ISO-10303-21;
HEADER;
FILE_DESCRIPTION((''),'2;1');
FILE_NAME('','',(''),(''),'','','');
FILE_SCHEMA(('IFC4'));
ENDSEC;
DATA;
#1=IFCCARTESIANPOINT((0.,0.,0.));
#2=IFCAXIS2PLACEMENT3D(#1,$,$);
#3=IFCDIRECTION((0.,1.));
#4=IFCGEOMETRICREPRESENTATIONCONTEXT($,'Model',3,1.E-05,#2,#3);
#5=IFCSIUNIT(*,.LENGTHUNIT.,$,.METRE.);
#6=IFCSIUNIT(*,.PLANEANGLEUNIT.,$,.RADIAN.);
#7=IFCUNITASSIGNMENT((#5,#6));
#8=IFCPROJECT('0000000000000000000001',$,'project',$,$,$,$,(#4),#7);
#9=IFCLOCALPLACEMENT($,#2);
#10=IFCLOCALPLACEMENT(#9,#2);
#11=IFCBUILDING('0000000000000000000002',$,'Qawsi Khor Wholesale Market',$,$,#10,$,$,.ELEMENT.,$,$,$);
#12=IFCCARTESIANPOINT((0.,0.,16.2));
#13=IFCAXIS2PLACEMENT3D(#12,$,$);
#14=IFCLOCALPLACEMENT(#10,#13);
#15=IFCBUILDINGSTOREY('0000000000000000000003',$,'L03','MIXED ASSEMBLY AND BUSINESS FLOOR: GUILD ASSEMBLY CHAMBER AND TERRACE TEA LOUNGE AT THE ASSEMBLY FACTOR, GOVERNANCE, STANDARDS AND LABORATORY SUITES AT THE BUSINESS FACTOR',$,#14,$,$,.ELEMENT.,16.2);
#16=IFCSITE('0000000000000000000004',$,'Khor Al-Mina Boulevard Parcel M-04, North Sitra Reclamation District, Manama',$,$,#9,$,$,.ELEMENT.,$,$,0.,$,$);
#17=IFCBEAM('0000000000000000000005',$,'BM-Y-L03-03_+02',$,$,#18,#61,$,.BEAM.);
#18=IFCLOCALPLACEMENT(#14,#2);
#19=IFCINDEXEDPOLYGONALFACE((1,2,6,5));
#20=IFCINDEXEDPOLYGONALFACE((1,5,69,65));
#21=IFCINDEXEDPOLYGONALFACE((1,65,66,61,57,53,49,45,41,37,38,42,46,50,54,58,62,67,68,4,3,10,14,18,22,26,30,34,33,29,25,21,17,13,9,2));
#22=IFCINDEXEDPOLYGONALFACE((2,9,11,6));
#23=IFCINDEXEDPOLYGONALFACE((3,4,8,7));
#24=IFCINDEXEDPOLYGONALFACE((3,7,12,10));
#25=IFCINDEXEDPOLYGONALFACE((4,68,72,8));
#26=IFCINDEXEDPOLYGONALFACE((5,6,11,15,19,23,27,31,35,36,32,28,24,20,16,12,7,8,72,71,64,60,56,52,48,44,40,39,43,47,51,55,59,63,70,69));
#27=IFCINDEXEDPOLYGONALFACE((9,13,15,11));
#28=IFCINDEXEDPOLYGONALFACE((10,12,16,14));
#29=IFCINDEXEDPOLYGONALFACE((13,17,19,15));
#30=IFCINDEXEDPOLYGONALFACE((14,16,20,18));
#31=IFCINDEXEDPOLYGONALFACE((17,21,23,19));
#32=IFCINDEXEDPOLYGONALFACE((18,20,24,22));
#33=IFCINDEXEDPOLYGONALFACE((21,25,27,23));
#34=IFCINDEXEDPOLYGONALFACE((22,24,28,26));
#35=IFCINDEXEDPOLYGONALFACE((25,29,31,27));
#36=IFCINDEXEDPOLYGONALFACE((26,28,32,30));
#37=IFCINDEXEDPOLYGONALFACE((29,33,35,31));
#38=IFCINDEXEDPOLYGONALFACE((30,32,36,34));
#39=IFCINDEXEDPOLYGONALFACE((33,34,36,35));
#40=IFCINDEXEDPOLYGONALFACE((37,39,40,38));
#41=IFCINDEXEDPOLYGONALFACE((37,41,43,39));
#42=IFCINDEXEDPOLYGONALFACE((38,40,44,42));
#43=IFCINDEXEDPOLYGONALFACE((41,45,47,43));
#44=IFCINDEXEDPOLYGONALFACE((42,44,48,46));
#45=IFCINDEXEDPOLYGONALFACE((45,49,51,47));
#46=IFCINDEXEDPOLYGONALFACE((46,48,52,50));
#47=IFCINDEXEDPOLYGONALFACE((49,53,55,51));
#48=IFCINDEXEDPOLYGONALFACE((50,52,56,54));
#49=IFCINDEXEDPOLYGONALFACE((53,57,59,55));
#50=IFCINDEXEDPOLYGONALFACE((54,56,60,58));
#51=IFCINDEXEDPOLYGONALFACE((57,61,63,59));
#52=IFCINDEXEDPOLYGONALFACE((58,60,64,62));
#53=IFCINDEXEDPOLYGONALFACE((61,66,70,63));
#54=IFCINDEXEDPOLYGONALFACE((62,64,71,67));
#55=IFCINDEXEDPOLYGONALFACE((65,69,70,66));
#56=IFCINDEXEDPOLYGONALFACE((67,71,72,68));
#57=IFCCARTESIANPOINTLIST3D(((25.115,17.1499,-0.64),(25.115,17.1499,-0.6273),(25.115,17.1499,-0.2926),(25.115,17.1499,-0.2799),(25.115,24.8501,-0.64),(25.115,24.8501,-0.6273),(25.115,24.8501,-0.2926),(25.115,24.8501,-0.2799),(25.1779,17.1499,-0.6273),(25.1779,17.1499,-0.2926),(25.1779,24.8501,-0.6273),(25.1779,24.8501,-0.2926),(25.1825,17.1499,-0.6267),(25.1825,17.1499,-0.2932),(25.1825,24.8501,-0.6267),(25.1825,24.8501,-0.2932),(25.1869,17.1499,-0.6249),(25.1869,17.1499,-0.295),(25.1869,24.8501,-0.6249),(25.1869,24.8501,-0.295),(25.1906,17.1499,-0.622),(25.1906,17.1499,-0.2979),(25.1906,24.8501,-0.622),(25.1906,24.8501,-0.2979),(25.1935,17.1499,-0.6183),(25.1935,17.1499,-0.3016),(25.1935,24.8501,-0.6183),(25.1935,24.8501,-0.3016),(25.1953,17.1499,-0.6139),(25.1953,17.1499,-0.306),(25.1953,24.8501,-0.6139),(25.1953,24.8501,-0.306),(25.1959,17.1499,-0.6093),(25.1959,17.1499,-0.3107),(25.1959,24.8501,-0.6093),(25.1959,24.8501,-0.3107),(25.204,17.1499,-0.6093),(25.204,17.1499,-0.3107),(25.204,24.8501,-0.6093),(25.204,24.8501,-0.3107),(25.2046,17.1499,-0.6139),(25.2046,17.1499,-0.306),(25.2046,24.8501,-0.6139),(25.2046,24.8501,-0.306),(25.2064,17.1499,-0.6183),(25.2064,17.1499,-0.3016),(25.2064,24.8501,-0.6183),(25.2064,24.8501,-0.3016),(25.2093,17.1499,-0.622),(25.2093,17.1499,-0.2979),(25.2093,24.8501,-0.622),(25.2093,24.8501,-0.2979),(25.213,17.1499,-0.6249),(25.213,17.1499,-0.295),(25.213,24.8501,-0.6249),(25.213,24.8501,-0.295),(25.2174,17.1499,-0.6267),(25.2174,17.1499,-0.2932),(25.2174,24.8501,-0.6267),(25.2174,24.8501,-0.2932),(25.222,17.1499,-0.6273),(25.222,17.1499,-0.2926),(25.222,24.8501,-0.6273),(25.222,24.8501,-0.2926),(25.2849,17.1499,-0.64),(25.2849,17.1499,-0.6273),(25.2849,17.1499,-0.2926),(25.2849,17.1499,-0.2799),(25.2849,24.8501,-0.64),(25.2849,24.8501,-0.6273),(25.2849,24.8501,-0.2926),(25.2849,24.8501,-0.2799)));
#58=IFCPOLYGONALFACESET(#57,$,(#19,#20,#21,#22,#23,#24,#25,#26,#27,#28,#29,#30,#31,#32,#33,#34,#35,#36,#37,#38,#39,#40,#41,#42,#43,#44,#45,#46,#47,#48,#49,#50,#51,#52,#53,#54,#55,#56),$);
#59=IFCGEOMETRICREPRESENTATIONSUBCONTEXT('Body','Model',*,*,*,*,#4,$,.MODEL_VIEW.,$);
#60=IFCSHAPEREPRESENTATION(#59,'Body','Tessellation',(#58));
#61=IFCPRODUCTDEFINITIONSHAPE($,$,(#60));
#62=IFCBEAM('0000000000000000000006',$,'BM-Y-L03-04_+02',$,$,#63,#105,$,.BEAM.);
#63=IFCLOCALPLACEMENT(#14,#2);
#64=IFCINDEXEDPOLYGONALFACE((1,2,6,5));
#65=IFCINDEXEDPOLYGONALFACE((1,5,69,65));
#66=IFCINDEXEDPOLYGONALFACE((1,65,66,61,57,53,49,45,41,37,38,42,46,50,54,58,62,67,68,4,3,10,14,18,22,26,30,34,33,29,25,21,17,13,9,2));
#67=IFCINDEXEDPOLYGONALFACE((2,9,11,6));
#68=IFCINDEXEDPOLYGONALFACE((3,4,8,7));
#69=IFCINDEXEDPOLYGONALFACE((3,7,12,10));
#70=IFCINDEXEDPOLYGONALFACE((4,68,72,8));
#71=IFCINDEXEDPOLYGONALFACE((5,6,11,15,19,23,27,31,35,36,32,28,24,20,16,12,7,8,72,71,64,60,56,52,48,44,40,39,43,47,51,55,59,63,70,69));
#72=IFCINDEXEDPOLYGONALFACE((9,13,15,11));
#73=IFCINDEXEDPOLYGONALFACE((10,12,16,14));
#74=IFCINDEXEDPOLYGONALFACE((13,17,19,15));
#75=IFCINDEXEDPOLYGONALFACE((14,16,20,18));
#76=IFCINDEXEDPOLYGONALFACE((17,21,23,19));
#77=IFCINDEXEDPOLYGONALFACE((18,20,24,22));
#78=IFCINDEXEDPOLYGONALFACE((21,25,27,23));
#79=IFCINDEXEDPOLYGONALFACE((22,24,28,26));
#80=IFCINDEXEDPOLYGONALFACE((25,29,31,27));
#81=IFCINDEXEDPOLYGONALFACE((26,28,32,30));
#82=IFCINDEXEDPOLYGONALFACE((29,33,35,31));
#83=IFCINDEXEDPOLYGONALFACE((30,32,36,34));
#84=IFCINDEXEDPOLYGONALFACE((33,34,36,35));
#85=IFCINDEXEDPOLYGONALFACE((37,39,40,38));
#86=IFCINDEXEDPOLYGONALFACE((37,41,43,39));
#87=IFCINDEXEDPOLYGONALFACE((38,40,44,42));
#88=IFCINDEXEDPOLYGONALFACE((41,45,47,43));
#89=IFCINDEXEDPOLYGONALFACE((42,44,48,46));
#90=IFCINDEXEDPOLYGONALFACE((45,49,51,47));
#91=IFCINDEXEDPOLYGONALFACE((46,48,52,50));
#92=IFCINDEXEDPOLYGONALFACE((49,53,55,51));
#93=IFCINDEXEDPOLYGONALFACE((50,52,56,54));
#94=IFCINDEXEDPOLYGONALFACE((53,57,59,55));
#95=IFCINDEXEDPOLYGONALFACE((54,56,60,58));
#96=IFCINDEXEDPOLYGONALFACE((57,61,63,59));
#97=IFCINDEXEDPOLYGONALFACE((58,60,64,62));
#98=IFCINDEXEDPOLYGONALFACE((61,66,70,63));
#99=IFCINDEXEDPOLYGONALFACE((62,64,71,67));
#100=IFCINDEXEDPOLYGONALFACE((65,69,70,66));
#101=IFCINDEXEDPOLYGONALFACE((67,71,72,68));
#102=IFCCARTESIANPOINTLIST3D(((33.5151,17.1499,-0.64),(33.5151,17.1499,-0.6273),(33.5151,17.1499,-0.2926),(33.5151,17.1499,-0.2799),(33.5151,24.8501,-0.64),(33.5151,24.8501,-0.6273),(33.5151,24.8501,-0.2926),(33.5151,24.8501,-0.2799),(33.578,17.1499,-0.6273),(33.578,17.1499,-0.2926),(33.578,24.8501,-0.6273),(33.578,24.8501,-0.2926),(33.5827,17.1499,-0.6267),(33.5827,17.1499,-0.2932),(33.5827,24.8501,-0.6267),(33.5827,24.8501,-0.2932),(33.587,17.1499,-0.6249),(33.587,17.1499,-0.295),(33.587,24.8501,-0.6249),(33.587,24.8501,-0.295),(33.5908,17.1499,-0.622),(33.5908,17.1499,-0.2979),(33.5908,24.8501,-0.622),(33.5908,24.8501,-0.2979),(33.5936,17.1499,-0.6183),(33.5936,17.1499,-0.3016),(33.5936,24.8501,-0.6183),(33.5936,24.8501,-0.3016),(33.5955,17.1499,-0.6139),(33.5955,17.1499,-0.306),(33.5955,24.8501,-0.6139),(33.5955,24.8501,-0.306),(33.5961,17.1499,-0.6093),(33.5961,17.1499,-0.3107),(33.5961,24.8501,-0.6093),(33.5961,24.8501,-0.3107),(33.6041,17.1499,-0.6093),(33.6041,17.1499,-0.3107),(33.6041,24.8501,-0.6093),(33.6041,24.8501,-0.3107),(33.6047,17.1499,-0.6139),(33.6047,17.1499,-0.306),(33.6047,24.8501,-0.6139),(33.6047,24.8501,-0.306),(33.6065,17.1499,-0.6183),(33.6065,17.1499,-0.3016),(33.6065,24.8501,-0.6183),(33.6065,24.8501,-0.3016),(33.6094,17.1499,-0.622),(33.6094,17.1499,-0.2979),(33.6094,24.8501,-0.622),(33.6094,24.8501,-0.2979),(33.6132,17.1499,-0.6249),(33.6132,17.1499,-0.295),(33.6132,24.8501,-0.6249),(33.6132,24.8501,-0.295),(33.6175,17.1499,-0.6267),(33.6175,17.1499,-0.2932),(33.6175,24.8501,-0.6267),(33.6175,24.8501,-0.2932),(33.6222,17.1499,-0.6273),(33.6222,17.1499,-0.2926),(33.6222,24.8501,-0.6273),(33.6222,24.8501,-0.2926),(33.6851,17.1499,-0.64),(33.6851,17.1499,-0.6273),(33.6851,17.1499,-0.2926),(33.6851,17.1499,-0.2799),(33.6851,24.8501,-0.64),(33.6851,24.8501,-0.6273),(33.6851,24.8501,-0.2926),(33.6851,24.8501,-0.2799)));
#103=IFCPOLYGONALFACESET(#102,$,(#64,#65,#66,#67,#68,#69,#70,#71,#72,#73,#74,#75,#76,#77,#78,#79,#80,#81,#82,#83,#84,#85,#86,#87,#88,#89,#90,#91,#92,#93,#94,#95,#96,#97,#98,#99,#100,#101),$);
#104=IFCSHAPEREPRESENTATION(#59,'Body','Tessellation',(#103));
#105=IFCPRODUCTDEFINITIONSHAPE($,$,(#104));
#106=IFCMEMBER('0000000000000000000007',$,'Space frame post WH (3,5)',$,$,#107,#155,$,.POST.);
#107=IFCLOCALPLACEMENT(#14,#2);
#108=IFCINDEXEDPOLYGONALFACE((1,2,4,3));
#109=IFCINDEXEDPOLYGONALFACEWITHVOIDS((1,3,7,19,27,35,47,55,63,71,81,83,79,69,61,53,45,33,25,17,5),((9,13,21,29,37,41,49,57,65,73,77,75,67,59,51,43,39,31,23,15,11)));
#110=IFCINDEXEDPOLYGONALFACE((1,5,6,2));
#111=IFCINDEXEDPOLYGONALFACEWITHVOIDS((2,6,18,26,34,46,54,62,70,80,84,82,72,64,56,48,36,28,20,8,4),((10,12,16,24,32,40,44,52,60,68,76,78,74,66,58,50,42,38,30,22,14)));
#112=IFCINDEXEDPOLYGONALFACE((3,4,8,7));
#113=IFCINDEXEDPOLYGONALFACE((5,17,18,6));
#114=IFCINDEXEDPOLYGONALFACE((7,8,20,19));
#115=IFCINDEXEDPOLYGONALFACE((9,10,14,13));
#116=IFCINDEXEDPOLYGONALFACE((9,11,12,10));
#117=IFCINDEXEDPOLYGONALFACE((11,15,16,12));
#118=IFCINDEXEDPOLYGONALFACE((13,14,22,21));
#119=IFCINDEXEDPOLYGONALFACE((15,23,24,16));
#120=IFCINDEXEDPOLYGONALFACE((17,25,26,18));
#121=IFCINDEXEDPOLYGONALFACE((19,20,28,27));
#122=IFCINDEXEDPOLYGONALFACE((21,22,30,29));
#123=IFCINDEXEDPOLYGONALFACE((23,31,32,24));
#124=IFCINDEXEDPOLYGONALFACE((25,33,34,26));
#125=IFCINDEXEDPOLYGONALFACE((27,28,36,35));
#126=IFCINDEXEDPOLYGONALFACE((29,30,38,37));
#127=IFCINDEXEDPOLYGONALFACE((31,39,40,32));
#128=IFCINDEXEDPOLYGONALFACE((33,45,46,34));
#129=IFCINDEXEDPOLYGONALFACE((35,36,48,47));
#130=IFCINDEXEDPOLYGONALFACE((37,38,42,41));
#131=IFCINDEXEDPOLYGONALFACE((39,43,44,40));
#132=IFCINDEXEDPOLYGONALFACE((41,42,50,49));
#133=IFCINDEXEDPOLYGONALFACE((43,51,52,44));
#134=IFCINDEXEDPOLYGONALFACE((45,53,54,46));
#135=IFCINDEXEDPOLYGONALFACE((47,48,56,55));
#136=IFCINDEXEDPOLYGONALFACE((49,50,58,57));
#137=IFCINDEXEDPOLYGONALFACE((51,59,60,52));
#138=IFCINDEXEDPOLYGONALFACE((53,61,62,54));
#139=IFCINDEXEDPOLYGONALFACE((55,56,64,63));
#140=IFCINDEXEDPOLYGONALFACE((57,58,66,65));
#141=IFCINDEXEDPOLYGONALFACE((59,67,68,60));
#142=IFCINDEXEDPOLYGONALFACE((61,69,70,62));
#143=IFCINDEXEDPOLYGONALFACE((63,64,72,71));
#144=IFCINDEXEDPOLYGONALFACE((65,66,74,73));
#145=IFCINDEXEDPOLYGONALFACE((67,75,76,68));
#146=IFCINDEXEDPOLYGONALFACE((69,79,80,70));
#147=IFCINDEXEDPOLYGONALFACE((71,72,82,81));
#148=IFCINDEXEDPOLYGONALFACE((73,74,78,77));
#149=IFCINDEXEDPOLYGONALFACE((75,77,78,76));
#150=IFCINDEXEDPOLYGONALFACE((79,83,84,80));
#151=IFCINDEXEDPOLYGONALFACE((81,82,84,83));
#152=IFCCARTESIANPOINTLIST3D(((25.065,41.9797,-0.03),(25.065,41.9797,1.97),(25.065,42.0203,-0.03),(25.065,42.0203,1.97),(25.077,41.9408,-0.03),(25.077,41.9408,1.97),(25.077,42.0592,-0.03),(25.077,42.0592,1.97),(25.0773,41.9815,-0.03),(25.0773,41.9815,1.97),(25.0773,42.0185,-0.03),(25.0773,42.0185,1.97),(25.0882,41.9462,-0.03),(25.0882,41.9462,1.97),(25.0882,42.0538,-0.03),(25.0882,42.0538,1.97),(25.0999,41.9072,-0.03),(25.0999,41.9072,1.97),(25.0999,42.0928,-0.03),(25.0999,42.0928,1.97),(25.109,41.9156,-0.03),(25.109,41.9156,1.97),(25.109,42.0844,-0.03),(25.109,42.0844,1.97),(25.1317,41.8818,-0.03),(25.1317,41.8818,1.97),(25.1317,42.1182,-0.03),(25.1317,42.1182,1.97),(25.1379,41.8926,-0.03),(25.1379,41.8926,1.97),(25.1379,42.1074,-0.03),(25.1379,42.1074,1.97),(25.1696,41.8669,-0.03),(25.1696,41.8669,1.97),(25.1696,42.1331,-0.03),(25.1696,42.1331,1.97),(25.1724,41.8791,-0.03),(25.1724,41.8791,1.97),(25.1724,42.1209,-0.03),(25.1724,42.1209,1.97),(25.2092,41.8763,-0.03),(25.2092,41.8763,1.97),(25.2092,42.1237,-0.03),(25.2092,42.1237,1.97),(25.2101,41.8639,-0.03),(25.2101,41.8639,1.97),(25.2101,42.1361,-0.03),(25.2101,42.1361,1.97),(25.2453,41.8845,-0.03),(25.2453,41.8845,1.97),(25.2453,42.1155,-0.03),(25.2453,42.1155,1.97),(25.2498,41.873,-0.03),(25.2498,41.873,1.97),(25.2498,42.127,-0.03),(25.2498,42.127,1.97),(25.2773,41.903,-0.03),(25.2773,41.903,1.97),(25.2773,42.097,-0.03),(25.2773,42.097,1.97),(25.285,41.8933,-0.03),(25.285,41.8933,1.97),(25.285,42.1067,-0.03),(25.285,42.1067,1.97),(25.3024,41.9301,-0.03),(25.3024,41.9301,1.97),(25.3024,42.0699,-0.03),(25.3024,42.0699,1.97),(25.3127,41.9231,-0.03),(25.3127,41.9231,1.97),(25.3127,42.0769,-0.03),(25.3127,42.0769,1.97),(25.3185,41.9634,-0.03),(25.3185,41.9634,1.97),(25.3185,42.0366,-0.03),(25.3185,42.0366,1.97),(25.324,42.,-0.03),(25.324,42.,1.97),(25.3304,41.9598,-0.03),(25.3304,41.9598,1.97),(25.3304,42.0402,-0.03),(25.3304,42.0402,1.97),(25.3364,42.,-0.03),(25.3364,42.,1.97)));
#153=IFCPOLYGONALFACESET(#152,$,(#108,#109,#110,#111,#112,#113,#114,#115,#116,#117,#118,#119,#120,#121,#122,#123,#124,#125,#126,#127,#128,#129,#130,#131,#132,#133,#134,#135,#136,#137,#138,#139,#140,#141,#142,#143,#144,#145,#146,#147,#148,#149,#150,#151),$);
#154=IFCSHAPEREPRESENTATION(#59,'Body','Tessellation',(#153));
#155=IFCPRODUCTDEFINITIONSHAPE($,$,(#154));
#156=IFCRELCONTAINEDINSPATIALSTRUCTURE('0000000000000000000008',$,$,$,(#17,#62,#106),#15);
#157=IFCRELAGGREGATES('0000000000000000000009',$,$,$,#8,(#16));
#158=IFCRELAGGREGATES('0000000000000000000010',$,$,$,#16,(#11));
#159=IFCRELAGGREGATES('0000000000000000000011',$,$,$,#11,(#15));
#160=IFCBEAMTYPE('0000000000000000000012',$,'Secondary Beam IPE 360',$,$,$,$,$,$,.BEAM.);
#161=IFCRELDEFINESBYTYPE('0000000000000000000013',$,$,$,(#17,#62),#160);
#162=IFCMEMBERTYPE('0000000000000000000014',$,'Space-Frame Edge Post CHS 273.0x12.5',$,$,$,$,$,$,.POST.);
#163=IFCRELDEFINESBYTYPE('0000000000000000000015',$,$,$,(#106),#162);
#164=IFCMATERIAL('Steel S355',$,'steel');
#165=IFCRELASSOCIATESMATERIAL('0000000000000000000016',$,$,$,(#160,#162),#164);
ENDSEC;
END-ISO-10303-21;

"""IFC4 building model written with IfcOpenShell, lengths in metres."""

from ifc_helpers import new_model, si_unit, direction, frame, origin, origin_2d, place, context, subcontext, project, spatial, hollow_circle, i_section, extrude, material, material_profile, profile_set, type_object, element, save


model = new_model("IFC4")

# Units and contexts
model_context = context("Model", 3, precision=1e-05, world=origin(), true_north=direction((0.0, 1.0)))
body_context = subcontext(model_context, "Body", "Model", "MODEL_VIEW")
ifc_project = project(units=[si_unit("LENGTHUNIT", "METRE"), si_unit("PLANEANGLEUNIT", "RADIAN")], contexts=[model_context])

# Site, building, storey
site_placement = place(None, origin())
site = spatial("IfcSite", under=ifc_project, at=site_placement, Name="Khor Al-Mina Boulevard Parcel M-04, North Sitra Reclamation District, Manama", CompositionType="ELEMENT", RefElevation=0.0)
building_placement = place(site_placement, origin())
building = spatial("IfcBuilding", under=site, at=building_placement, Name="Qawsi Khor Wholesale Market", CompositionType="ELEMENT")
storey_placement = place(building_placement, frame((0.0, 0.0, 16.2)))
storey = spatial("IfcBuildingStorey", under=building, at=storey_placement, Name="L03", Description="MIXED ASSEMBLY AND BUSINESS FLOOR: GUILD ASSEMBLY CHAMBER AND TERRACE TEA LOUNGE AT THE ASSEMBLY FACTOR, GOVERNANCE, STANDARDS AND LABORATORY SUITES AT THE BUSINESS FACTOR", CompositionType="ELEMENT", Elevation=16.2)

# Beams
ifc_material_1 = material(Name="Steel S355", Category="steel")
ifc_material_profile_1 = material_profile(ifc_material_1, i_section(OverallWidth=0.1699, OverallDepth=0.3601, WebThickness=0.0081, FlangeThickness=0.0127, FilletRadius=0.0181, at=origin_2d()), Name="IPE 360")
ifc_profile_set_1 = profile_set([ifc_material_profile_1], Name="Steel S355")
beam_type_1 = type_object("IfcBeamType", Name="Secondary Beam IPE 360", PredefinedType="BEAM", material=ifc_profile_set_1)
for number, where, z_axis, x_axis, name in (
    (1, (25.2, 17.1499, -0.46), (0.0, 1.0, 0.0), (-1.0, 0.0, 0.0), "BM-Y-L03-03_+02"),
    (2, (33.6001, 17.1499, -0.46), (0.0, 1.0, 0.0), (-1.0, 0.0, 0.0), "BM-Y-L03-04_+02"),
):
    element("IfcBeam", number, at=place(storey_placement, frame(where, z_axis=z_axis, x_axis=x_axis)), inside=storey, type_object=beam_type_1, Name=name, PredefinedType="BEAM", context=body_context, shape_type="SweptSolid", body=[
        extrude(i_section(OverallWidth=0.1699, OverallDepth=0.3601, WebThickness=0.0081, FlangeThickness=0.0127, FilletRadius=0.0181, at=origin_2d()), origin(), (0.0, 0.0, 1.0), 7.7002),
    ])

# Member
ifc_material_profile_2 = material_profile(ifc_material_1, hollow_circle(Radius=0.1365, WallThickness=0.0125, at=origin_2d()), Name="CHS 273.0x12.5")
ifc_profile_set_2 = profile_set([ifc_material_profile_2], Name="Steel S355")
member_type_1 = type_object("IfcMemberType", Name="Space-Frame Edge Post CHS 273.0x12.5", PredefinedType="POST", material=ifc_profile_set_2)
member_1_placement = place(storey_placement, frame((25.2, 42.0, -0.03), z_axis=(0.0, 0.0, 1.0), x_axis=(1.0, 0.0, 0.0)))
element("IfcMember", 3, at=member_1_placement, inside=storey, type_object=member_type_1, Name="Space frame post WH (3,5)", PredefinedType="POST", context=body_context, shape_type="SweptSolid", body=[
    extrude(hollow_circle(Radius=0.1365, WallThickness=0.0125, at=origin_2d()), origin(), (0.0, 0.0, 1.0), 2.0),
])

save(model, "model.ifc")
